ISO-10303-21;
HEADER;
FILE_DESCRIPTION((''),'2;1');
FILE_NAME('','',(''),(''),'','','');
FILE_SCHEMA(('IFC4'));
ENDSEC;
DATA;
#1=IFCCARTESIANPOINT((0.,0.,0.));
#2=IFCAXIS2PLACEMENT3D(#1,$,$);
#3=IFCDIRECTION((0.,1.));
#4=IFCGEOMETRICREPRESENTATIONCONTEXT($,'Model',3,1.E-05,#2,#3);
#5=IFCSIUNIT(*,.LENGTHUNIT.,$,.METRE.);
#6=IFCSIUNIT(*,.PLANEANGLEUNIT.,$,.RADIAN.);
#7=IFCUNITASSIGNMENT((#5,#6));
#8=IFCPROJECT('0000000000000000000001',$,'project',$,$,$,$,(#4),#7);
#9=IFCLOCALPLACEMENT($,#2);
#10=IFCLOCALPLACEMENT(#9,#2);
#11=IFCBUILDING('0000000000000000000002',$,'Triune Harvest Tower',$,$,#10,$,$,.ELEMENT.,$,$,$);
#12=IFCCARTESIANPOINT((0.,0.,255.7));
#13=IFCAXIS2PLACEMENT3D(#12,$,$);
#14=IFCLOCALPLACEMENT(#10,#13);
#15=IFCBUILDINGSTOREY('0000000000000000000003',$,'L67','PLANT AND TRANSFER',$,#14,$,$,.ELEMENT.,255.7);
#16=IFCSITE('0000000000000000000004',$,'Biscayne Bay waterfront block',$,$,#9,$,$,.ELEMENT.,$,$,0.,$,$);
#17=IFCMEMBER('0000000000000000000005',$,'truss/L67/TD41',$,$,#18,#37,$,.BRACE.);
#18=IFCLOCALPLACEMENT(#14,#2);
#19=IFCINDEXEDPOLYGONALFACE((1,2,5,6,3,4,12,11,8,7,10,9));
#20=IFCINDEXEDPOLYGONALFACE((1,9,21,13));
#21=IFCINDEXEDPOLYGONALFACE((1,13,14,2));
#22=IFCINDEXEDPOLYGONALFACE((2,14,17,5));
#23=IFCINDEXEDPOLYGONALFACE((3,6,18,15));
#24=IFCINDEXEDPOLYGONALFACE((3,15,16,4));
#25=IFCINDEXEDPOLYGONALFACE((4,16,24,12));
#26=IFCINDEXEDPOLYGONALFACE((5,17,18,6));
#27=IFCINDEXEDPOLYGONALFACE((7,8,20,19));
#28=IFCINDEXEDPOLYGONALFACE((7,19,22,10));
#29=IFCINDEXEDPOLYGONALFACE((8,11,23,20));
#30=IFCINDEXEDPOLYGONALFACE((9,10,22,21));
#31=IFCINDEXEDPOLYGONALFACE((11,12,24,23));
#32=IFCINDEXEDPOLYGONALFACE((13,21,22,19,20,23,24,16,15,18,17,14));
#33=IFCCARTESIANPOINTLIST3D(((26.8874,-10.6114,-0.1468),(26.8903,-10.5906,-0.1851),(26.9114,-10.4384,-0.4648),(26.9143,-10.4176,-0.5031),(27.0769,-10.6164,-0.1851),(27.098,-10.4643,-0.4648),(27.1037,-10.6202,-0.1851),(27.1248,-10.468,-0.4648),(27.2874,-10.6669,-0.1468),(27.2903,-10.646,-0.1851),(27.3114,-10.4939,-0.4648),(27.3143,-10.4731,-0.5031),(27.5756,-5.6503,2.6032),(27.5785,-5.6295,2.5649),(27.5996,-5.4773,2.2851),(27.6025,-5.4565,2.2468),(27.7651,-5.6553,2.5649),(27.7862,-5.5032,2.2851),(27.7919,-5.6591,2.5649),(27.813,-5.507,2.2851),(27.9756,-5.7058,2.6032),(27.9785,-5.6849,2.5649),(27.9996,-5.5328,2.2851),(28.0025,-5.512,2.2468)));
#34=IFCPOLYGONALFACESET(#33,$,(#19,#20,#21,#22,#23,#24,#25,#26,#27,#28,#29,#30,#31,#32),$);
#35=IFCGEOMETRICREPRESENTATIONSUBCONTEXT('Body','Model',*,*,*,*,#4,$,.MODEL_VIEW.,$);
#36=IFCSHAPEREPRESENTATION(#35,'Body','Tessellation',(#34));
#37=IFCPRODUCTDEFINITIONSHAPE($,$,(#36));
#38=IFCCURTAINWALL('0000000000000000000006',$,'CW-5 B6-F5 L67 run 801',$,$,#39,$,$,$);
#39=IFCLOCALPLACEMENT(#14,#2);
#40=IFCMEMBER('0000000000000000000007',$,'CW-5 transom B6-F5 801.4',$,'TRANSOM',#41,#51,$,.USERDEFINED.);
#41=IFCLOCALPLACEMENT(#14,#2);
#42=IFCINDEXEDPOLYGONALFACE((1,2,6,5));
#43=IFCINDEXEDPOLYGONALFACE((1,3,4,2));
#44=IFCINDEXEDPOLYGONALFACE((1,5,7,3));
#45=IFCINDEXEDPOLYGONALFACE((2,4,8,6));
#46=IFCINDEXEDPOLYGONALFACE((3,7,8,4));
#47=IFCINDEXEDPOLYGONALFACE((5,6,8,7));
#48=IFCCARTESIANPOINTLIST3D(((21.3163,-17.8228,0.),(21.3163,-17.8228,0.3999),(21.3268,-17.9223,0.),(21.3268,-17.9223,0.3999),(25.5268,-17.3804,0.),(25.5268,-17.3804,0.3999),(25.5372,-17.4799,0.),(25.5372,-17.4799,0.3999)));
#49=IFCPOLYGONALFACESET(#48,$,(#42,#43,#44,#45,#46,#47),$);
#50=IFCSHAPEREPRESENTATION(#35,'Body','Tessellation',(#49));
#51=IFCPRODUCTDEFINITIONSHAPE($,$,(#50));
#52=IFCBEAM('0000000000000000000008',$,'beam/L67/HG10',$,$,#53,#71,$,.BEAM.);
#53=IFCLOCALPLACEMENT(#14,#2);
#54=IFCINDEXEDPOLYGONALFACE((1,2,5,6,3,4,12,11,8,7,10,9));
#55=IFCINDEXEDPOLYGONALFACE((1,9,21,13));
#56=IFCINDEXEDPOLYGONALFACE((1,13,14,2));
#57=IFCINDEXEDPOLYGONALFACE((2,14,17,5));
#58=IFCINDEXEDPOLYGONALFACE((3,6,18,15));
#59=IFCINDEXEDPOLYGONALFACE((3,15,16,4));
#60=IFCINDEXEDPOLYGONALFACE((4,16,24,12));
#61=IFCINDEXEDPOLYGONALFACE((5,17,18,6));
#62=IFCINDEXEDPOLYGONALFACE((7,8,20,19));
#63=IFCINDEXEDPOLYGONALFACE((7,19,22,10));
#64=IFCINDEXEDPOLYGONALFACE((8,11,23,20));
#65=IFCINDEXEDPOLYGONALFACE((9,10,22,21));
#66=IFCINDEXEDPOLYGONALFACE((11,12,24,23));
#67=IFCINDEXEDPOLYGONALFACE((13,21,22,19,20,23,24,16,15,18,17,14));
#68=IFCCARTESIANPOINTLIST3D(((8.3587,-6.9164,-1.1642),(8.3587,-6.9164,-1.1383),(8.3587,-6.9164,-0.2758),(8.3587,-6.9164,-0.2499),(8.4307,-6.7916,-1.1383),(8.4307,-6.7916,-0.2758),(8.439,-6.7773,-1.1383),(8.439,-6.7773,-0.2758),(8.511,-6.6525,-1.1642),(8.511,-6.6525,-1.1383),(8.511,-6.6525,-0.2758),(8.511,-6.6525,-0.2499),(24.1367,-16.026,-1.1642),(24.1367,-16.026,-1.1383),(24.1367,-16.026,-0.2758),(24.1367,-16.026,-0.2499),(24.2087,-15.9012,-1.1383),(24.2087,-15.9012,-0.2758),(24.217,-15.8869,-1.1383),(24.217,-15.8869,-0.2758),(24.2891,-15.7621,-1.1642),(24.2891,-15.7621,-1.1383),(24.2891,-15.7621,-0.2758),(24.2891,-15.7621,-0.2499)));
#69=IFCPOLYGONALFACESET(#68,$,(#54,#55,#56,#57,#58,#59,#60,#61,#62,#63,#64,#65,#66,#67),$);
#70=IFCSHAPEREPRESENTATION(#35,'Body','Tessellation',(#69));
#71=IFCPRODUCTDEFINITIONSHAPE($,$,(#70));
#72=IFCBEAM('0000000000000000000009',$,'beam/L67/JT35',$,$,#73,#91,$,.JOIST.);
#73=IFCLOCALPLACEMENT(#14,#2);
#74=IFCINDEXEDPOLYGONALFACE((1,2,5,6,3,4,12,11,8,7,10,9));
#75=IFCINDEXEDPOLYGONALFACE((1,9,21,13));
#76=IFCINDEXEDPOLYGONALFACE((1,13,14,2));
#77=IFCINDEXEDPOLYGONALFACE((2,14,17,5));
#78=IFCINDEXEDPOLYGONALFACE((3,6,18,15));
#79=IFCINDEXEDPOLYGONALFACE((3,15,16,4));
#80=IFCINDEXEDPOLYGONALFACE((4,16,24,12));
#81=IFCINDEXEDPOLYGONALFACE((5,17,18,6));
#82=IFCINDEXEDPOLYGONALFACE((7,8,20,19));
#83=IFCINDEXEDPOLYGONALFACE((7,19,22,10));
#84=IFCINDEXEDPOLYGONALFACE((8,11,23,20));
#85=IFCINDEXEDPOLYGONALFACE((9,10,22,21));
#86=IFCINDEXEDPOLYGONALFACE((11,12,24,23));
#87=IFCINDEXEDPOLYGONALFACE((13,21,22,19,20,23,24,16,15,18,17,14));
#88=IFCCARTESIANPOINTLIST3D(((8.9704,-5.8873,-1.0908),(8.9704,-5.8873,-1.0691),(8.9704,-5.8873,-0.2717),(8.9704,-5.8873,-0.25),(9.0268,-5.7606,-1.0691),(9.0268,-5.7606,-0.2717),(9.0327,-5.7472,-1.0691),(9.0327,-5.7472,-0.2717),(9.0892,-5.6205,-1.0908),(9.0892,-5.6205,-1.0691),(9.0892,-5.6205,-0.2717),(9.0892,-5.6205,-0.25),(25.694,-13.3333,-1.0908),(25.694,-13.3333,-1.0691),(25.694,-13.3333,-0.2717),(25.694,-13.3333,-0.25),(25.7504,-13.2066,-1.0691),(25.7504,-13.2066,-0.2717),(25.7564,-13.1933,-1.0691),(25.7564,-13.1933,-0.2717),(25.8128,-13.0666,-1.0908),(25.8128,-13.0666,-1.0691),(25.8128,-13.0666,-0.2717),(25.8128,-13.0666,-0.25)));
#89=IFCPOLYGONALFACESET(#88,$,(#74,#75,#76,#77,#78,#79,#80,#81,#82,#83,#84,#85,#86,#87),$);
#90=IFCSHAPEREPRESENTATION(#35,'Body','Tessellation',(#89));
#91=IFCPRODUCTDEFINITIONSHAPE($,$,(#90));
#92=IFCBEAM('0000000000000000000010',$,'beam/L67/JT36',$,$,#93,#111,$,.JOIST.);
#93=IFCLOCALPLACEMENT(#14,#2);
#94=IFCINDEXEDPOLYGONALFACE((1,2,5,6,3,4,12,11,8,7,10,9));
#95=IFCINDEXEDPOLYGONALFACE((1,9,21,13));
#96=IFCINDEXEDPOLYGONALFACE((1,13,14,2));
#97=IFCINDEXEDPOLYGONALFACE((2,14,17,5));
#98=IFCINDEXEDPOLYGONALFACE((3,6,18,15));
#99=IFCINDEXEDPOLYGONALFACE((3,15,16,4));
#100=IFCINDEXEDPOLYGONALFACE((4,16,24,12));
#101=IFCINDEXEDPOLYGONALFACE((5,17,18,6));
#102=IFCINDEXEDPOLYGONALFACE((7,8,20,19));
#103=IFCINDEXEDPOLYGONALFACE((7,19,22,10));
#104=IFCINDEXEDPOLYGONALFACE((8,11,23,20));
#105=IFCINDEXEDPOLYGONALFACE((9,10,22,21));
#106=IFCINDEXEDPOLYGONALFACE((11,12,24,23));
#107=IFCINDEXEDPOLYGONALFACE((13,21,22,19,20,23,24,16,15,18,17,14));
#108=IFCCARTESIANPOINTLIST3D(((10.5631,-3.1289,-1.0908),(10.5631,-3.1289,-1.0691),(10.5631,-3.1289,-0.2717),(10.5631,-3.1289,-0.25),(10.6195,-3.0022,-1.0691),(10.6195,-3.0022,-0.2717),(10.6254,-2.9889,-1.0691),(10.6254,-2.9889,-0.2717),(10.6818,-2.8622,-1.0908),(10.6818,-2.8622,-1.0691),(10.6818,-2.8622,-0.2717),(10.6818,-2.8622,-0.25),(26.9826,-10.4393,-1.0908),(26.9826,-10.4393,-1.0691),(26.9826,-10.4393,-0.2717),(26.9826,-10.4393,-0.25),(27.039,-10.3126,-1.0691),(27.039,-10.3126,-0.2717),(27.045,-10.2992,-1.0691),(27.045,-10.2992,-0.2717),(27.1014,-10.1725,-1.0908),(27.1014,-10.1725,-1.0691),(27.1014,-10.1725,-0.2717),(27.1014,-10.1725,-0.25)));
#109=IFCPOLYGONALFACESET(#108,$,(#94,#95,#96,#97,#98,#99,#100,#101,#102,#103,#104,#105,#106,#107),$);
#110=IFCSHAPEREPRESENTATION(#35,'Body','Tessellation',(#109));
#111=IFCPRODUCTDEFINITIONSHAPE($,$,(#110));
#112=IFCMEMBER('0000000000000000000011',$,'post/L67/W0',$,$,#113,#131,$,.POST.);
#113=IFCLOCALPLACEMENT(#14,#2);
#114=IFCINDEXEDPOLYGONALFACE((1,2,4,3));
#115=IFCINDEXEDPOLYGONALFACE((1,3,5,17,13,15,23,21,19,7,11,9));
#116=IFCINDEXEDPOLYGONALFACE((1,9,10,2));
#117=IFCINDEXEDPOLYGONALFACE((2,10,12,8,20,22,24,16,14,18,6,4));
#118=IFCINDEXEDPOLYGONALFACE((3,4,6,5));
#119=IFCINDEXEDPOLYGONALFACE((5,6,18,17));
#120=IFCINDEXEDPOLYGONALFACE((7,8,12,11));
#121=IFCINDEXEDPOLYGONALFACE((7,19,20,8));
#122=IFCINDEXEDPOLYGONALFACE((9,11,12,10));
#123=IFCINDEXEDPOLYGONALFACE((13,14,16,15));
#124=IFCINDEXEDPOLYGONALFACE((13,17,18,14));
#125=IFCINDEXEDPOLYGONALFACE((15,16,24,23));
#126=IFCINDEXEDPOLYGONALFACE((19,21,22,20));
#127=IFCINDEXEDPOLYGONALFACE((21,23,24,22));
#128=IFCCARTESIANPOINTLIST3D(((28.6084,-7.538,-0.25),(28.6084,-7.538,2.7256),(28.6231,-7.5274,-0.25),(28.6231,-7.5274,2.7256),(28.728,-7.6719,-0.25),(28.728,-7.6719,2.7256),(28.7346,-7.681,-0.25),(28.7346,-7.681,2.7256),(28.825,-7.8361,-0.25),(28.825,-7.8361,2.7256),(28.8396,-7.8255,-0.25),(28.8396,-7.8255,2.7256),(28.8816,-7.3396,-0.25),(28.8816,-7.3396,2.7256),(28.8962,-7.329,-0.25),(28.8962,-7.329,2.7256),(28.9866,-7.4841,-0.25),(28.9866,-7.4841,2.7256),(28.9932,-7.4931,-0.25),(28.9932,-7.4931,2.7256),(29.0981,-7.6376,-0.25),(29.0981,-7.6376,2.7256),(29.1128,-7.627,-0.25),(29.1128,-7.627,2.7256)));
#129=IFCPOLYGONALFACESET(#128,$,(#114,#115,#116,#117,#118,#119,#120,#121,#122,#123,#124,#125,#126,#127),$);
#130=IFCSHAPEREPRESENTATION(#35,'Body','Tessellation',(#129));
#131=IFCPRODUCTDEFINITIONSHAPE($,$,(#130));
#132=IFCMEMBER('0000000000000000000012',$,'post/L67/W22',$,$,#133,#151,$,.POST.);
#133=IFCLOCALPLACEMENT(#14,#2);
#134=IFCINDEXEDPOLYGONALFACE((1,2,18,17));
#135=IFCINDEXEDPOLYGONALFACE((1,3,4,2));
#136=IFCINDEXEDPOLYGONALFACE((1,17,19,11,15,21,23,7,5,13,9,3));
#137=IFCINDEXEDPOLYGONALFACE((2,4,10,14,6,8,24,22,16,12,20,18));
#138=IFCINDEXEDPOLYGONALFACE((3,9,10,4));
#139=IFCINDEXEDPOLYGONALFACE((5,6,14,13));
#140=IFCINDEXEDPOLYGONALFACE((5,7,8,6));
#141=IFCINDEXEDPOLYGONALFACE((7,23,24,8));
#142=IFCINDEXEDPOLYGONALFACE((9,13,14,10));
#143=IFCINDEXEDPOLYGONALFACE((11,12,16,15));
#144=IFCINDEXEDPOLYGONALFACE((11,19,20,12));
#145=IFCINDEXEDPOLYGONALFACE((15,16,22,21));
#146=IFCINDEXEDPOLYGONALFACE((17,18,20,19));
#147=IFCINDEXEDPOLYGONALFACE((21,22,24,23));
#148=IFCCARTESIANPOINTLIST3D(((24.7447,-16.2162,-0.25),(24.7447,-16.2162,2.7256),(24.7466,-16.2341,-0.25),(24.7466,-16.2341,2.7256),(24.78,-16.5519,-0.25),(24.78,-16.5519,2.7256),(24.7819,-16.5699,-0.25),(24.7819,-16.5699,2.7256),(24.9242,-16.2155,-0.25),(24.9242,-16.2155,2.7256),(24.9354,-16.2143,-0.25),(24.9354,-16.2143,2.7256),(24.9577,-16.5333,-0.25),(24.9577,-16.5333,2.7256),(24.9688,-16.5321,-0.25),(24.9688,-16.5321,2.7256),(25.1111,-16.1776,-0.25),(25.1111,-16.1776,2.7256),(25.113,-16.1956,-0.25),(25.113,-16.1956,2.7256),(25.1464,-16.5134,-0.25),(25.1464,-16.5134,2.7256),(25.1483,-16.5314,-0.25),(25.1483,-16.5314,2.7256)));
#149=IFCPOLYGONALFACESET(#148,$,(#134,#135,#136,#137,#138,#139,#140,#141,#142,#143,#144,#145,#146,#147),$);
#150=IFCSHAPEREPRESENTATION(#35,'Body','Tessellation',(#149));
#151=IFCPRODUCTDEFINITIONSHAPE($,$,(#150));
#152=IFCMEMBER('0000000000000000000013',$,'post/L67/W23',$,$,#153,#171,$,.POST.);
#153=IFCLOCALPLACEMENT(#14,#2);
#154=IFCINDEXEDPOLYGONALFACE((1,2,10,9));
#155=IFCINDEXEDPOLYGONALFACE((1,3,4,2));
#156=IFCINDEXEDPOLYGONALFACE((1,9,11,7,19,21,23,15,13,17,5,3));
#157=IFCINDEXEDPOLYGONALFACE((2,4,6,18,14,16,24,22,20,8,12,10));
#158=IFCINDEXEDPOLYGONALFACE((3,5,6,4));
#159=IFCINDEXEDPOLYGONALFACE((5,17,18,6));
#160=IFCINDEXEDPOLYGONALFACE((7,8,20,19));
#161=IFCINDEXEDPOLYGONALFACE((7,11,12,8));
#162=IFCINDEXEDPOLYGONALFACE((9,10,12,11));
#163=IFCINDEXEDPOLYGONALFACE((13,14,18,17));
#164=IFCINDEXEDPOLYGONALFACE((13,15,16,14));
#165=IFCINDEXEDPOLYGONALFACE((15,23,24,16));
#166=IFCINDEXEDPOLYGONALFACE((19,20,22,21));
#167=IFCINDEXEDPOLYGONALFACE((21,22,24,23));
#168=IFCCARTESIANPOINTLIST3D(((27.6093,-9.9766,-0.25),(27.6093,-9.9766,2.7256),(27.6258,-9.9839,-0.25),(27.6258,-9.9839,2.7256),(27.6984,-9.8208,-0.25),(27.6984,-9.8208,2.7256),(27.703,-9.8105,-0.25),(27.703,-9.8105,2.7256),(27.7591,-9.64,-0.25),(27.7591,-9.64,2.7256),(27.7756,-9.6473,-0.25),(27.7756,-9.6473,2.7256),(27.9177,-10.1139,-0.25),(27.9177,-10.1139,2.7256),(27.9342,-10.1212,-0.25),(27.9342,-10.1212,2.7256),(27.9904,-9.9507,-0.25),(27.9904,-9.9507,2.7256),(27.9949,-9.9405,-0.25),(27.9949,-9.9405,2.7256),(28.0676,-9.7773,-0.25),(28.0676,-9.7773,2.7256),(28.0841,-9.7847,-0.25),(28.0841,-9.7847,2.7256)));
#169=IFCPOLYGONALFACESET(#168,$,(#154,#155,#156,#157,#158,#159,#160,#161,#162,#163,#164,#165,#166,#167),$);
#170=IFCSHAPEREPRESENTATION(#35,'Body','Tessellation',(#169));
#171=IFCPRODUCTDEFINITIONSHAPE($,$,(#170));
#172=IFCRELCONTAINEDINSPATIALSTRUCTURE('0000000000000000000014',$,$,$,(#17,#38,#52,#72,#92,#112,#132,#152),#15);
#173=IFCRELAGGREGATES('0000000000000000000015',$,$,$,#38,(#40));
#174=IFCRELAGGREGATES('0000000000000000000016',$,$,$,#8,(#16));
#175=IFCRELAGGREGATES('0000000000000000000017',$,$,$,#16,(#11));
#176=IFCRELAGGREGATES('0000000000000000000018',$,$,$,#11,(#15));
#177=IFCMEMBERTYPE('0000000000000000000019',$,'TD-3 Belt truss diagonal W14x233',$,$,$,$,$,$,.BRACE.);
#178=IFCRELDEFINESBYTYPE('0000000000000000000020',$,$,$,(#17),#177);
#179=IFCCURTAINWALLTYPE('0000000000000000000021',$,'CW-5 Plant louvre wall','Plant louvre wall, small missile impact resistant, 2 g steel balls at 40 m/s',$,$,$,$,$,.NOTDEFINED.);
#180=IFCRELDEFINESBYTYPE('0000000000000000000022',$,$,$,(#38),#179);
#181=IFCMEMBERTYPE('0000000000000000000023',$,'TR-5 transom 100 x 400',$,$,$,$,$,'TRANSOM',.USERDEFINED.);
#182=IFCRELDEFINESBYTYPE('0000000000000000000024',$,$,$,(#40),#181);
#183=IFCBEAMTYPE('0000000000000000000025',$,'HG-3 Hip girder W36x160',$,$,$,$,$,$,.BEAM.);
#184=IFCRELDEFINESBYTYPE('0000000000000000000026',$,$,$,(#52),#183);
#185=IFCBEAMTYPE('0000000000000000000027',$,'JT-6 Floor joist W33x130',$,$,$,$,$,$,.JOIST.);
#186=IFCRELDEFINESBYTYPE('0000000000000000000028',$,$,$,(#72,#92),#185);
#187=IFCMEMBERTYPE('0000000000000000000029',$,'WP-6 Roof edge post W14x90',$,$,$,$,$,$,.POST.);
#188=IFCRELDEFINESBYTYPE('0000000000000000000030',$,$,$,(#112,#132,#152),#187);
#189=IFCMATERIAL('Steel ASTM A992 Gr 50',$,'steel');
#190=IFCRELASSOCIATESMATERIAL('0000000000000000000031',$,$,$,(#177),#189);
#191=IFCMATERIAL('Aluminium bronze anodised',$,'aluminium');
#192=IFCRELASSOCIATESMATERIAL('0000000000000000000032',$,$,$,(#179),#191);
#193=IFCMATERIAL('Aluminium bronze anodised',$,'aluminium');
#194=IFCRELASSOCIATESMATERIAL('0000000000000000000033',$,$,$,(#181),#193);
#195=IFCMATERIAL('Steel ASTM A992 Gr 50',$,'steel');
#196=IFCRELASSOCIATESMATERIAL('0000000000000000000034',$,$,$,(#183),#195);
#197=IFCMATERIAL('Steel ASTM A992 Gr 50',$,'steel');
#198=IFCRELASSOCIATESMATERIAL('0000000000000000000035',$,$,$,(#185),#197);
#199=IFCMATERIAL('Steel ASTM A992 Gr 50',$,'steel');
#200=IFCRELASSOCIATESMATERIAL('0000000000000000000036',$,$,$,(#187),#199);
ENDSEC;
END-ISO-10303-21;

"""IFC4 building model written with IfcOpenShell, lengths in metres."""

from ifc_helpers import new_model, si_unit, direction, frame, origin, origin_2d, place, context, subcontext, project, spatial, rectangle, i_section, extrude, source, transform, mapped, material, material_profile, profile_set, type_object, element, aggregate, save


model = new_model("IFC4")

# Units and contexts
model_context = context("Model", 3, precision=1e-05, world=origin(), true_north=direction((0.0, 1.0)))
body_context = subcontext(model_context, "Body", "Model", "MODEL_VIEW")
ifc_project = project(units=[si_unit("LENGTHUNIT", "METRE"), si_unit("PLANEANGLEUNIT", "RADIAN")], contexts=[model_context])

# Site, building, storey
site_placement = place(None, origin())
site = spatial("IfcSite", under=ifc_project, at=site_placement, Name="Biscayne Bay waterfront block", CompositionType="ELEMENT", RefElevation=0.0)
building_placement = place(site_placement, origin())
building = spatial("IfcBuilding", under=site, at=building_placement, Name="Triune Harvest Tower", CompositionType="ELEMENT")
storey_placement = place(building_placement, frame((0.0, 0.0, 255.7)))
storey = spatial("IfcBuildingStorey", under=building, at=storey_placement, Name="L67", Description="PLANT AND TRANSFER", CompositionType="ELEMENT", Elevation=255.7)

# Member
ifc_material_1 = material(Name="Steel ASTM A992 Gr 50", Category="steel")
ifc_material_profile_1 = material_profile(ifc_material_1, i_section(OverallWidth=0.4038, OverallDepth=0.4065, WebThickness=0.0271, FlangeThickness=0.0437, at=origin_2d()), Name="W14x233")
ifc_profile_set_1 = profile_set([ifc_material_profile_1], Name="Steel ASTM A992 Gr 50")
member_type_1 = type_object("IfcMemberType", Name="TD-3 Belt truss diagonal W14x233", PredefinedType="BRACE", material=ifc_profile_set_1)
member_1_placement = place(storey_placement, frame((27.1008, -10.5422, -0.325), z_axis=(0.120447, 0.868254, 0.481276), x_axis=(-0.990515, 0.137408, 0.0)))
element("IfcMember", 1, at=member_1_placement, inside=storey, type_object=member_type_1, Name="truss/L67/TD41", PredefinedType="BRACE", context=body_context, shape_type="SweptSolid", body=[
    extrude(i_section(OverallWidth=0.4038, OverallDepth=0.4065, WebThickness=0.0271, FlangeThickness=0.0437, at=origin_2d()), origin(), (0.0, 0.0, 1.0), 5.7139),
])

# Curtain wall, member
ifc_material_2 = material(Name="Aluminium bronze anodised", Category="aluminium")
curtain_wall_type = type_object("IfcCurtainWallType", Name="CW-5 Plant louvre wall", Description="Plant louvre wall, small missile impact resistant, 2 g steel balls at 40 m/s", PredefinedType="NOTDEFINED", material=ifc_material_2)
curtain_wall_1_placement = place(storey_placement, origin())
curtain_wall_1 = element("IfcCurtainWall", 2, at=curtain_wall_1_placement, inside=storey, type_object=curtain_wall_type, Name="CW-5 B6-F5 L67 run 801")
ifc_material_3 = material(Name="Aluminium bronze anodised", Category="aluminium")
ifc_material_profile_2 = material_profile(ifc_material_3, rectangle(XDim=0.1001, YDim=0.3999, at=origin_2d()), Name="TR-5 transom 100 x 400")
ifc_profile_set_2 = profile_set([ifc_material_profile_2], Name="Aluminium bronze anodised")
member_type_2 = type_object("IfcMemberType", Name="TR-5 transom 100 x 400", ElementType="TRANSOM", PredefinedType="USERDEFINED", material=ifc_profile_set_2)
member_2_placement = place(storey_placement, frame((21.3215, -17.8726, 0.2), z_axis=(0.994526, 0.104493, 0.0), x_axis=(-0.104493, 0.994526, 0.0)))
member_2 = element("IfcMember", 3, at=member_2_placement, type_object=member_type_2, Name="CW-5 transom B6-F5 801.4", ObjectType="TRANSOM", PredefinedType="USERDEFINED", context=body_context, shape_type="SweptSolid", body=[
    extrude(rectangle(XDim=0.1001, YDim=0.3999, at=origin_2d()), origin(), (0.0, 0.0, 1.0), 4.2336),
])

# Beams
ifc_material_4 = material(Name="Steel ASTM A992 Gr 50", Category="steel")
ifc_material_profile_3 = material_profile(ifc_material_4, i_section(OverallWidth=0.3047, OverallDepth=0.9143, WebThickness=0.0166, FlangeThickness=0.0259, at=origin_2d()), Name="W36x160")
ifc_profile_set_3 = profile_set([ifc_material_profile_3], Name="Steel ASTM A992 Gr 50")
beam_type_1 = type_object("IfcBeamType", Name="HG-3 Hip girder W36x160", PredefinedType="BEAM", material=ifc_profile_set_3)
shared_shape_1 = source(origin(), body_context, "Body", "SweptSolid", [
    extrude(i_section(OverallWidth=0.3047, OverallDepth=0.9143, WebThickness=0.0166, FlangeThickness=0.0259, at=origin_2d()), origin(), (0.0, 0.0, 1.0), 18.219),
])
beam_1_placement = place(storey_placement, frame((24.2129, -15.894, -0.707), z_axis=(-0.866022, 0.500006, 0.0), x_axis=(-0.500006, -0.866022, 0.0)))
element("IfcBeam", 4, at=beam_1_placement, inside=storey, type_object=beam_type_1, Name="beam/L67/HG10", PredefinedType="BEAM", context=body_context, shape_type="MappedRepresentation", body=[
    mapped(shared_shape_1, transform((0.0, 0.0, 0.0), scale=1.0)),
])
ifc_material_5 = material(Name="Steel ASTM A992 Gr 50", Category="steel")
ifc_material_profile_4 = material_profile(ifc_material_5, i_section(OverallWidth=0.292, OverallDepth=0.8408, WebThickness=0.0146, FlangeThickness=0.0217, at=origin_2d()), Name="W33x130")
ifc_profile_set_4 = profile_set([ifc_material_profile_4], Name="Steel ASTM A992 Gr 50")
beam_type_2 = type_object("IfcBeamType", Name="JT-6 Floor joist W33x130", PredefinedType="JOIST", material=ifc_profile_set_4)
shared_shape_2 = source(origin(), body_context, "Body", "SweptSolid", [
    extrude(i_section(OverallWidth=0.292, OverallDepth=0.8408, WebThickness=0.0146, FlangeThickness=0.0217, at=origin_2d()), origin(), (0.0, 0.0, 1.0), 18.3064),
])
beam_2_placement = place(storey_placement, frame((25.7534, -13.2, -0.6704), z_axis=(-0.913541, 0.406746, 0.0), x_axis=(-0.406746, -0.913541, 0.0)))
element("IfcBeam", 5, at=beam_2_placement, inside=storey, type_object=beam_type_2, Name="beam/L67/JT35", PredefinedType="JOIST", context=body_context, shape_type="MappedRepresentation", body=[
    mapped(shared_shape_2, transform((0.0, 0.0, 0.0), scale=1.0)),
])
shared_shape_3 = source(origin(), body_context, "Body", "SweptSolid", [
    extrude(i_section(OverallWidth=0.292, OverallDepth=0.8408, WebThickness=0.0146, FlangeThickness=0.0217, at=origin_2d()), origin(), (0.0, 0.0, 1.0), 17.9734),
])
beam_3_placement = place(storey_placement, frame((27.042, -10.3059, -0.6704), z_axis=(-0.913548, 0.406732, 0.0), x_axis=(-0.406732, -0.913548, 0.0)))
element("IfcBeam", 6, at=beam_3_placement, inside=storey, type_object=beam_type_2, Name="beam/L67/JT36", PredefinedType="JOIST", context=body_context, shape_type="MappedRepresentation", body=[
    mapped(shared_shape_3, transform((0.0, 0.0, 0.0), scale=1.0)),
])

# Members
ifc_material_6 = material(Name="Steel ASTM A992 Gr 50", Category="steel")
ifc_material_profile_5 = material_profile(ifc_material_6, i_section(OverallWidth=0.3684, OverallDepth=0.3557, WebThickness=0.0112, FlangeThickness=0.0181, at=origin_2d()), Name="W14x90")
ifc_profile_set_5 = profile_set([ifc_material_profile_5], Name="Steel ASTM A992 Gr 50")
member_type_3 = type_object("IfcMemberType", Name="WP-6 Roof edge post W14x90", PredefinedType="POST", material=ifc_profile_set_5)
shared_shape_4 = source(origin(), body_context, "Body", "SweptSolid", [
    extrude(i_section(OverallWidth=0.3684, OverallDepth=0.3557, WebThickness=0.0112, FlangeThickness=0.0181, at=origin_2d()), origin(), (0.0, 0.0, 1.0), 2.9756),
])
for number, where, z_axis, x_axis, name in (
    (7, (28.8606, -7.5825, -0.25), (0.0, 0.0, 1.0), (-0.587785, 0.809017, 0.0), "post/L67/W0"),
    (8, (24.9465, -16.3738, -0.25), (0.0, 0.0, 1.0), (0.994522, 0.10453, 0.0), "post/L67/W22"),
    (9, (27.8467, -9.8806, -0.25), (0.0, 0.0, 1.0), (0.406741, 0.913543, 0.0), "post/L67/W23"),
):
    element("IfcMember", number, at=place(storey_placement, frame(where, z_axis=z_axis, x_axis=x_axis)), inside=storey, type_object=member_type_3, Name=name, PredefinedType="POST", context=body_context, shape_type="MappedRepresentation", body=[
        mapped(shared_shape_4, transform((0.0, 0.0, 0.0), scale=1.0)),
    ])

aggregate(curtain_wall_1, [member_2])

save(model, "model.ifc")
